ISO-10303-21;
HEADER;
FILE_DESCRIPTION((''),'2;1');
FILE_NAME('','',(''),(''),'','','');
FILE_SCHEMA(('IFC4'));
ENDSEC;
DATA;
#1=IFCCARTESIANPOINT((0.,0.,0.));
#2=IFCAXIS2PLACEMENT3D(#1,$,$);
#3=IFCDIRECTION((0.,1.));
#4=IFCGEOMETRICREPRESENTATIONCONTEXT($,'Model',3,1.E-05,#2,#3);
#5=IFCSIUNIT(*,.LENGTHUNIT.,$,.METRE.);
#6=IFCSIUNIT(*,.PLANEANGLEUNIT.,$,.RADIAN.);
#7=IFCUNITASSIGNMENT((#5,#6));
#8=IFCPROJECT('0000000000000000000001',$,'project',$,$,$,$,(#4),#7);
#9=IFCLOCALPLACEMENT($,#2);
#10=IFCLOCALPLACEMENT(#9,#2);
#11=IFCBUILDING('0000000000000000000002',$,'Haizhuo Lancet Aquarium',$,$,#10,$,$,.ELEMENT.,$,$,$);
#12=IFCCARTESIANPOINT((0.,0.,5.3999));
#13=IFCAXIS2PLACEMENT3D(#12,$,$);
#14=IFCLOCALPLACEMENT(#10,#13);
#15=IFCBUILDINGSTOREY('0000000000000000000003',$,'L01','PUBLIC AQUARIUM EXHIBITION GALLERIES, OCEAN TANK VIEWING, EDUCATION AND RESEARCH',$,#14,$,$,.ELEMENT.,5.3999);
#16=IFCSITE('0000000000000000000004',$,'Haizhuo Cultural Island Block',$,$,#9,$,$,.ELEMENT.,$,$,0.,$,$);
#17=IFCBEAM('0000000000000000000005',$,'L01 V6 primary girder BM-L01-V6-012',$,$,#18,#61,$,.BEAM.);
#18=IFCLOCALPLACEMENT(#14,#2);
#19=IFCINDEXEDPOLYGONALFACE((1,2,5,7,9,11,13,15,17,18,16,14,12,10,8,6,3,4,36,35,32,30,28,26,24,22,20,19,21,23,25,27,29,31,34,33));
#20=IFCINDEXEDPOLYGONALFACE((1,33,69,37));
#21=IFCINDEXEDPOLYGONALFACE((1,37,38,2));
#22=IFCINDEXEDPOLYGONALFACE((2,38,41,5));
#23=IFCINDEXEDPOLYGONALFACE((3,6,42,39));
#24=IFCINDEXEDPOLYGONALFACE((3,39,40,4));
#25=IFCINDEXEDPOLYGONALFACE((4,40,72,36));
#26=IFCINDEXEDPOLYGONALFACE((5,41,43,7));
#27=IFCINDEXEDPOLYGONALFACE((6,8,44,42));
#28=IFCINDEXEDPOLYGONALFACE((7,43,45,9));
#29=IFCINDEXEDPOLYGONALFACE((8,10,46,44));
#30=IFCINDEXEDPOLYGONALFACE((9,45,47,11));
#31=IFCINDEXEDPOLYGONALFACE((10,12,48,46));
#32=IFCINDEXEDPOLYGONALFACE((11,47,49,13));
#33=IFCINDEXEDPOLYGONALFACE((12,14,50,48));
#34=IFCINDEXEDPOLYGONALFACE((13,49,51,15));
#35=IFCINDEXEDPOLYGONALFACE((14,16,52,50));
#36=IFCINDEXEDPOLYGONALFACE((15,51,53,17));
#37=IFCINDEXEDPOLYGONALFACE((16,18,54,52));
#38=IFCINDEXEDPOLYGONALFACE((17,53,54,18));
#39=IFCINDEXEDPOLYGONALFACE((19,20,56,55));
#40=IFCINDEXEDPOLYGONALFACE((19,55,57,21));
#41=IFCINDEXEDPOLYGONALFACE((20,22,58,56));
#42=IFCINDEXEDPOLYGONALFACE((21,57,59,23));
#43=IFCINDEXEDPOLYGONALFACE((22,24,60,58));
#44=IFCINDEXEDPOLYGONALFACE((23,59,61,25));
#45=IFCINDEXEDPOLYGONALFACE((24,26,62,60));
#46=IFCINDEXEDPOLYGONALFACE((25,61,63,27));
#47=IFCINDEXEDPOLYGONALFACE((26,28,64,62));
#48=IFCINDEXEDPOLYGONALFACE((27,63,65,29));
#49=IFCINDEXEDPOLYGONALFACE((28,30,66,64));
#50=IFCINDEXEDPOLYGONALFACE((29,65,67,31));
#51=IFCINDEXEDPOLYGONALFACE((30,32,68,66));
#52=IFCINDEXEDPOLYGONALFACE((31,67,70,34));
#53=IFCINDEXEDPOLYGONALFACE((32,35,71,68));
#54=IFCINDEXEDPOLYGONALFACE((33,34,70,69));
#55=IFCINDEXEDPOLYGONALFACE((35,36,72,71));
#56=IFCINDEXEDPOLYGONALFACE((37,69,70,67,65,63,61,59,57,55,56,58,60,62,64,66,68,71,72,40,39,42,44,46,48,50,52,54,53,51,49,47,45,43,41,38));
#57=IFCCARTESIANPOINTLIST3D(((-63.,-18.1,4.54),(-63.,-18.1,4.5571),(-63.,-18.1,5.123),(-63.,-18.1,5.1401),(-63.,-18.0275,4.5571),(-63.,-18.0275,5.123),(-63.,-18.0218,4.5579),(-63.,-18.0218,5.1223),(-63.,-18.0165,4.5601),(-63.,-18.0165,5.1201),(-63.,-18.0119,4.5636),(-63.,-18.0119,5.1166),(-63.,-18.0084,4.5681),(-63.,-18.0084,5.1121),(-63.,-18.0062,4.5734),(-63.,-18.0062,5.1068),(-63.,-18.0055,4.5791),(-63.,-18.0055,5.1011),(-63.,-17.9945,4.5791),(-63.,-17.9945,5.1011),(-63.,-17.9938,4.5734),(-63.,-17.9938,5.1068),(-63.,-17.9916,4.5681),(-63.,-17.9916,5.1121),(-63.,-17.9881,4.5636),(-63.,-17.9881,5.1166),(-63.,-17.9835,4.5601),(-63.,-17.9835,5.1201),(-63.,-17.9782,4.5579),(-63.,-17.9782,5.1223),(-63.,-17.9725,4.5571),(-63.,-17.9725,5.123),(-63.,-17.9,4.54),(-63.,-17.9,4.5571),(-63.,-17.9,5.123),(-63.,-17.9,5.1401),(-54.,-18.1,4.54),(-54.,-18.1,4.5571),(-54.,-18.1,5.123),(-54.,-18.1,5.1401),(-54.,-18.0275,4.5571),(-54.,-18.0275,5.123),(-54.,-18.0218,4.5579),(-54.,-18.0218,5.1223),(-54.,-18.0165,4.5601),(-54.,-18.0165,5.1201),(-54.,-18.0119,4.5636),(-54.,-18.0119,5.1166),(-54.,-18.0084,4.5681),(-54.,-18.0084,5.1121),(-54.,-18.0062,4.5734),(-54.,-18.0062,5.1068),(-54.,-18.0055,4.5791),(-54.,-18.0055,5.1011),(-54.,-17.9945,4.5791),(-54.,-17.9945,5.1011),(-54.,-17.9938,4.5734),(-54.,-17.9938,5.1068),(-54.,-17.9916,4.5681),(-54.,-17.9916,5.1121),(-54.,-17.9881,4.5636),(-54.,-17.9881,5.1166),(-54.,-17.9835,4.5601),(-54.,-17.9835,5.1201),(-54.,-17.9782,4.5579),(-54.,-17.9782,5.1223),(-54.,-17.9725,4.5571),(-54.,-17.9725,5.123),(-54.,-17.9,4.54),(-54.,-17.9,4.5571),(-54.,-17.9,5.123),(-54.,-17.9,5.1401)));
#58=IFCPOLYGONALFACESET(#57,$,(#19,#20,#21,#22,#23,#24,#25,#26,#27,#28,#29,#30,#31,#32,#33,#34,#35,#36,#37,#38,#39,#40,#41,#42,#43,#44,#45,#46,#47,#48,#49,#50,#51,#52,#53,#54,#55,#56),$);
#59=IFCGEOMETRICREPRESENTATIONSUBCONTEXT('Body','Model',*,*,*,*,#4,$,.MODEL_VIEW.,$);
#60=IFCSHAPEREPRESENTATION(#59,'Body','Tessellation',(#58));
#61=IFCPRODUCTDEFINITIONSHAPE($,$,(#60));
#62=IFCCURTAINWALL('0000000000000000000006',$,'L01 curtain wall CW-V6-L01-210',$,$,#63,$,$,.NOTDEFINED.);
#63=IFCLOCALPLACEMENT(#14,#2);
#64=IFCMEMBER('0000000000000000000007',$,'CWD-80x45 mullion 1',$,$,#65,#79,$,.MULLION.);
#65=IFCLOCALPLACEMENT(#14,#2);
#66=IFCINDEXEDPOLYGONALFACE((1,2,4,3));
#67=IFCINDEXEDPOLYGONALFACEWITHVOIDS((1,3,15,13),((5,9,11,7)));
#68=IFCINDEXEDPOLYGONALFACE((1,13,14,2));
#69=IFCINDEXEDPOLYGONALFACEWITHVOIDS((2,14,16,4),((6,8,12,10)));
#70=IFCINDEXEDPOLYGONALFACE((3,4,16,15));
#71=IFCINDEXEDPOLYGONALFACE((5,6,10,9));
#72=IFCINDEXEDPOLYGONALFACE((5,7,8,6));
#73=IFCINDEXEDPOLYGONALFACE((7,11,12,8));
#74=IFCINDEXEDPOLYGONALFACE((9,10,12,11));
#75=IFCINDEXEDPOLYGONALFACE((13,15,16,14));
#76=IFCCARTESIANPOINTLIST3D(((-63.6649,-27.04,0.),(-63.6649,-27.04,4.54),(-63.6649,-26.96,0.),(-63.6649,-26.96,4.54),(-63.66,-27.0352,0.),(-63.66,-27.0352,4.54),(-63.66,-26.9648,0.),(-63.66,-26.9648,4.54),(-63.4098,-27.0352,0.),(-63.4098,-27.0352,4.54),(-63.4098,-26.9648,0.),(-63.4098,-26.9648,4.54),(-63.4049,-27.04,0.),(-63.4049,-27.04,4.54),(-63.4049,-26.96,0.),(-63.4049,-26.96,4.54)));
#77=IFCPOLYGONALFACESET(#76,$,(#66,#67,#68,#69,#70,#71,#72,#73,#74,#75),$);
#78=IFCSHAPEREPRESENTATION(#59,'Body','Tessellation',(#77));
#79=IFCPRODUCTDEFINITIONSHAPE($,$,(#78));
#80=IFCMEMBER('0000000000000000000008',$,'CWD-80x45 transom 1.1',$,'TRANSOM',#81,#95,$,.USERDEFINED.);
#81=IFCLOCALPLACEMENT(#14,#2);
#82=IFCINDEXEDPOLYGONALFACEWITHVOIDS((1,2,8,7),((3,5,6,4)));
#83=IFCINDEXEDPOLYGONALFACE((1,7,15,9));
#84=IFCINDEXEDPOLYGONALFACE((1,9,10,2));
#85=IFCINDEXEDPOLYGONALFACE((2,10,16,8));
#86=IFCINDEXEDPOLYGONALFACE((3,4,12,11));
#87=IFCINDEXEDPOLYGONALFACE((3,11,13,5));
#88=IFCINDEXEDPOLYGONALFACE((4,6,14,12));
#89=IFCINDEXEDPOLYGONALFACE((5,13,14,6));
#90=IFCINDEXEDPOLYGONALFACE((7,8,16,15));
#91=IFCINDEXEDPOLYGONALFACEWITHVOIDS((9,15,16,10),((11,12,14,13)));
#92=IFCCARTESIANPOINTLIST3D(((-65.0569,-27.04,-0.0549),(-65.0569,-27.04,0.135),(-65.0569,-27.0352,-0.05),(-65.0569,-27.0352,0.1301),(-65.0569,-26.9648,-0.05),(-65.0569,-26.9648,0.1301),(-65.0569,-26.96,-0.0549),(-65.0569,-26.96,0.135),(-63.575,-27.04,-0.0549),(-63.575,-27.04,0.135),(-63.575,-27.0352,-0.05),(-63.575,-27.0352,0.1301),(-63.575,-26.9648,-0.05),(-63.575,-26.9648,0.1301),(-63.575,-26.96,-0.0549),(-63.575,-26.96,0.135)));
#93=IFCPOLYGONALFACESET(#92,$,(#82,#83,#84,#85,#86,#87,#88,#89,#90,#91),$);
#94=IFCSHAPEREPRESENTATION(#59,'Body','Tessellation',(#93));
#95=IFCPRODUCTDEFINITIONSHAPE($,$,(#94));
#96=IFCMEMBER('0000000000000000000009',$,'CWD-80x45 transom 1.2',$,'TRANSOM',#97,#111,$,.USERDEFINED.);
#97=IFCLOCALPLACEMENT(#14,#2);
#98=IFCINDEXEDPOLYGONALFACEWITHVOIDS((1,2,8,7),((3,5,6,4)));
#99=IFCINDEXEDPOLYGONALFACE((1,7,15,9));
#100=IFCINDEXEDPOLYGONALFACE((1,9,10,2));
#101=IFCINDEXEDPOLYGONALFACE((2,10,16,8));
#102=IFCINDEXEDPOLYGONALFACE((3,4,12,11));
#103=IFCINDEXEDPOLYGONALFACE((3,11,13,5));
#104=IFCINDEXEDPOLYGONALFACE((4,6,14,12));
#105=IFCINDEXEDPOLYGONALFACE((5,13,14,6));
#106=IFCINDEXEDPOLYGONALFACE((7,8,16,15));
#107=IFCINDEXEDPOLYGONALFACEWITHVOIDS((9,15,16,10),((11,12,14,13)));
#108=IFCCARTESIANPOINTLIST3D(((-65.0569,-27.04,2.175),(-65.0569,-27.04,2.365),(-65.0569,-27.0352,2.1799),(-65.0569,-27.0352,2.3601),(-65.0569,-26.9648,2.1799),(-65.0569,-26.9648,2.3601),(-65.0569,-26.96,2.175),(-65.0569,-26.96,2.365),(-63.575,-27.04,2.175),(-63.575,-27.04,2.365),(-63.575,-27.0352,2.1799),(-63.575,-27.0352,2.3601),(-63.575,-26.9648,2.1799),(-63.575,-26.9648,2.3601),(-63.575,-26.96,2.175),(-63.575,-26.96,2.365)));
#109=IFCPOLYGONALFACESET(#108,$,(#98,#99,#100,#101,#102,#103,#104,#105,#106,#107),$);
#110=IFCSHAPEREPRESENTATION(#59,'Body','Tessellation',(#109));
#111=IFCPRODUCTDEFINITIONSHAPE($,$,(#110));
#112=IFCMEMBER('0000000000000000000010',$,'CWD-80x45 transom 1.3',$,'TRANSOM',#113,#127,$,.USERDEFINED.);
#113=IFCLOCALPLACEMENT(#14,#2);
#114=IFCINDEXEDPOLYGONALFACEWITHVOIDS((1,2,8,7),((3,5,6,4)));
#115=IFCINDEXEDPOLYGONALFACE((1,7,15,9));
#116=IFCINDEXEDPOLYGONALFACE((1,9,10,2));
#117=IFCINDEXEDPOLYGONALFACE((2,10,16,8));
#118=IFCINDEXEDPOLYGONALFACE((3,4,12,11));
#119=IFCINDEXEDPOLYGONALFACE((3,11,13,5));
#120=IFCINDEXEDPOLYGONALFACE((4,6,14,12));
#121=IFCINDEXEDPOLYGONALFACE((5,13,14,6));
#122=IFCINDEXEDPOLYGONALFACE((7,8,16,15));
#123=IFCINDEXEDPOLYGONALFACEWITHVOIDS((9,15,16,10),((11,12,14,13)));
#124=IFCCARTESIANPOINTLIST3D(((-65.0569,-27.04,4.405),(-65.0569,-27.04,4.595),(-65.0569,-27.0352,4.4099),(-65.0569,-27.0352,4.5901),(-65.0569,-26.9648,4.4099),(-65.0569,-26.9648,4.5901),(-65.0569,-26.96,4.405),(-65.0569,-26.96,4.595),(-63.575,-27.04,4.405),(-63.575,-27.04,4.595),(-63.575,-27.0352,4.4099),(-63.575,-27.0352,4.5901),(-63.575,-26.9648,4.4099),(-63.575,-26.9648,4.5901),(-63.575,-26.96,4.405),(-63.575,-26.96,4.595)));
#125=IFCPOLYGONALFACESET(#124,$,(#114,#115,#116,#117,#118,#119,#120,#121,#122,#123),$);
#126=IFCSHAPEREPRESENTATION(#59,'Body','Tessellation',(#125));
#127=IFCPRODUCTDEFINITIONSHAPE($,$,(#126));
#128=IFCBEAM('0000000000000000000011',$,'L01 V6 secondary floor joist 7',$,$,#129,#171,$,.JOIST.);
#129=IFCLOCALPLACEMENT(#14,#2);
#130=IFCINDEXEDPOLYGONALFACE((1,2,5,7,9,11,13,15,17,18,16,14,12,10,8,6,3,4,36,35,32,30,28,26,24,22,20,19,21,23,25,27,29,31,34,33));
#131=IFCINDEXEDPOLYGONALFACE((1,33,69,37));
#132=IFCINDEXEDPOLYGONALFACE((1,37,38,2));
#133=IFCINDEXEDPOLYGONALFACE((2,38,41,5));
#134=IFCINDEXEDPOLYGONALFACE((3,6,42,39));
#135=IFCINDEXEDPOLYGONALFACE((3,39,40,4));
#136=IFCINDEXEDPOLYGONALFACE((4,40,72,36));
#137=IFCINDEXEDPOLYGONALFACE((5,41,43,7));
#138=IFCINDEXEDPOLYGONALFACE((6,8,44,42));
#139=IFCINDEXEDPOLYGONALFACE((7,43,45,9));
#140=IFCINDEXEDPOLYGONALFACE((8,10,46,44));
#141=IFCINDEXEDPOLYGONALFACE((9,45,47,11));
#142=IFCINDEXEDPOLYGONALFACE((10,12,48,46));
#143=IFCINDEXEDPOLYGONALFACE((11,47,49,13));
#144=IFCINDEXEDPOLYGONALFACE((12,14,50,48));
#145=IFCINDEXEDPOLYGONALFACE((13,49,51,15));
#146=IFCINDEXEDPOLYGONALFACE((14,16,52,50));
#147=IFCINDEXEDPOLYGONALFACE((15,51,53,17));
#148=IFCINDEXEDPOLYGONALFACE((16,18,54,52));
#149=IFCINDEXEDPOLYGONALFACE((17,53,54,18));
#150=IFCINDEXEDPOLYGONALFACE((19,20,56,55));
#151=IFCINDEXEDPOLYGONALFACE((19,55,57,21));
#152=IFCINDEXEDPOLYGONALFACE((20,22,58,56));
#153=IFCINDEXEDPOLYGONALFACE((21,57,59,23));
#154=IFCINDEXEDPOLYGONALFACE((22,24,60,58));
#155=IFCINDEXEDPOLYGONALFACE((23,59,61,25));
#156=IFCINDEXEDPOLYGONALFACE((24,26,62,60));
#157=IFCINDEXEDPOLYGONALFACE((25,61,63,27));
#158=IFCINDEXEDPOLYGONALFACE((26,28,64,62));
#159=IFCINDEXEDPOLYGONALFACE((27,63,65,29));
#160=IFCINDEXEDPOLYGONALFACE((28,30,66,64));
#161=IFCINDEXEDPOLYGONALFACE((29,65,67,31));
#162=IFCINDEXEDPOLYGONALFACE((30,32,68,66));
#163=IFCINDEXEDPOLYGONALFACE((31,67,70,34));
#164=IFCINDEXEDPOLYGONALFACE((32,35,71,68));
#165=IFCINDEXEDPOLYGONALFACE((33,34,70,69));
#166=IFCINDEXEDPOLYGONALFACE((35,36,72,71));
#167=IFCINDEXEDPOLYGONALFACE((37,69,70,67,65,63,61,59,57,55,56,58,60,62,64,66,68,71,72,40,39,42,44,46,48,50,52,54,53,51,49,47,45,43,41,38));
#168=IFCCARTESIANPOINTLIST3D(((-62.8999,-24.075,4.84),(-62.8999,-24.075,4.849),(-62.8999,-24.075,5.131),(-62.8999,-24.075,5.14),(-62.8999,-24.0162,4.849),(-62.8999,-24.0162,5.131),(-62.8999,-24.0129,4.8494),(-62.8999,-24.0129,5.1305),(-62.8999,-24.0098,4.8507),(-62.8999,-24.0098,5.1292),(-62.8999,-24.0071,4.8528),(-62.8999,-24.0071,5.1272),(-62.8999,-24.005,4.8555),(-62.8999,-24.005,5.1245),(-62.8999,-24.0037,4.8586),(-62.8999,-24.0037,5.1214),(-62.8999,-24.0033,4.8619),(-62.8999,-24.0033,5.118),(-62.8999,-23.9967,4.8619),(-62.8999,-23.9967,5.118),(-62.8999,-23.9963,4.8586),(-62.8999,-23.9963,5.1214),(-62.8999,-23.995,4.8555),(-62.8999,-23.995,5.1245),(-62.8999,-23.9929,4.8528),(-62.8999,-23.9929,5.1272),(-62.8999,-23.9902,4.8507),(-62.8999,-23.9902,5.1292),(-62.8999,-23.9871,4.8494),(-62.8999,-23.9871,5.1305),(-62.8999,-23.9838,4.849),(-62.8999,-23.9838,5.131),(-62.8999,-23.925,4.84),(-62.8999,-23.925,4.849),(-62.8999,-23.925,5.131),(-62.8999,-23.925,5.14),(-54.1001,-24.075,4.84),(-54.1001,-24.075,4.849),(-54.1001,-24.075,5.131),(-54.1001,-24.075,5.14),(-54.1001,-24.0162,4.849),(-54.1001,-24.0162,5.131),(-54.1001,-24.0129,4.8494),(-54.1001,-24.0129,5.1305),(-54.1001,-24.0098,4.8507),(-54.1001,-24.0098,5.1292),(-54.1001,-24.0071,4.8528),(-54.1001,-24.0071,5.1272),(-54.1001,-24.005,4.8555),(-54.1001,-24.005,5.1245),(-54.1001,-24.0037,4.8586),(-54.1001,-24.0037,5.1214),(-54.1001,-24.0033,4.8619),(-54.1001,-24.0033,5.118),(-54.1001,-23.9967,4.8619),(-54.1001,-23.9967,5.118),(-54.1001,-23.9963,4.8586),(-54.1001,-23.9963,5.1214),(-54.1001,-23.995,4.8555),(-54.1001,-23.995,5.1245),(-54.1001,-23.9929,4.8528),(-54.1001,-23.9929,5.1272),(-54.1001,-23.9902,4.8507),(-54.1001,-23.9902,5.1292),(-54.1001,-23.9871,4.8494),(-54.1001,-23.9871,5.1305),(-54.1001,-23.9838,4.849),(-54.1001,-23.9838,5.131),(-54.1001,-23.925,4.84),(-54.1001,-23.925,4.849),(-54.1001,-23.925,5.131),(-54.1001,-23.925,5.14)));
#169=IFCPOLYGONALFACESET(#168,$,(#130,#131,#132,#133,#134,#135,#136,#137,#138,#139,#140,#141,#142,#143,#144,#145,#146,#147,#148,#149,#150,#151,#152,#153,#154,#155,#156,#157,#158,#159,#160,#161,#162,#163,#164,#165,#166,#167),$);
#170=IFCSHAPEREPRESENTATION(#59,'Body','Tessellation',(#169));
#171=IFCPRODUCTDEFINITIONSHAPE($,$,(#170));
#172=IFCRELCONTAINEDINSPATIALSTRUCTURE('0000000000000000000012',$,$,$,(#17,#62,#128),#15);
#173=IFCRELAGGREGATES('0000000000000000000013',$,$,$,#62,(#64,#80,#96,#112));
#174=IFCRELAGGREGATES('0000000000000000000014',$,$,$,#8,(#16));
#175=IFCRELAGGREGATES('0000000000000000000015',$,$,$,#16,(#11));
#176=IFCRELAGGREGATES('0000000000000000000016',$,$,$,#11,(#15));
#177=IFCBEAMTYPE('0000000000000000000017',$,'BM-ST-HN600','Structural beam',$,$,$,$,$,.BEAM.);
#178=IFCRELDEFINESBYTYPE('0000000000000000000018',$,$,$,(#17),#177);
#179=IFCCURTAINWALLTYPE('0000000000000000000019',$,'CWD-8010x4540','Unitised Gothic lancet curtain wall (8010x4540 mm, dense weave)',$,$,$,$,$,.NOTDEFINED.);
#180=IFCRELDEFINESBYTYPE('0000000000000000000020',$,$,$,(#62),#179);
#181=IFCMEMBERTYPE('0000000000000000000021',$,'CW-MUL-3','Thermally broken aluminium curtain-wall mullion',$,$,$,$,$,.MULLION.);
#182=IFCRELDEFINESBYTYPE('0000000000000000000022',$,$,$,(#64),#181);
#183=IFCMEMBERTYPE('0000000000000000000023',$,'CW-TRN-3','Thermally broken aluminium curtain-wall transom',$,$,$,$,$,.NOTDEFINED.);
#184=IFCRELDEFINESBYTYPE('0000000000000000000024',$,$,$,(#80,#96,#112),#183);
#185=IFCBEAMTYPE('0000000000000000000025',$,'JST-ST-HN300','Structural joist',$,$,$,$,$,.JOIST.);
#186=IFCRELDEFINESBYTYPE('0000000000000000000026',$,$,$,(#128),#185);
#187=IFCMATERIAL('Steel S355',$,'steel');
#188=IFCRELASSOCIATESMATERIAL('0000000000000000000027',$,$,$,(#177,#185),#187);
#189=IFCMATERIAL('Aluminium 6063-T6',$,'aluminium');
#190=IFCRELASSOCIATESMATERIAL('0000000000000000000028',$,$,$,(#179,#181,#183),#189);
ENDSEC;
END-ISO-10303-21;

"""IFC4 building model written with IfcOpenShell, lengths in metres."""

from ifc_helpers import new_model, si_unit, direction, frame, origin, origin_2d, place, context, subcontext, project, spatial, hollow_rectangle, i_section, extrude, material, material_profile, profile_set, type_object, element, aggregate, save


model = new_model("IFC4")

# Units and contexts
model_context = context("Model", 3, precision=1e-05, world=origin(), true_north=direction((0.0, 1.0)))
body_context = subcontext(model_context, "Body", "Model", "MODEL_VIEW")
ifc_project = project(units=[si_unit("LENGTHUNIT", "METRE"), si_unit("PLANEANGLEUNIT", "RADIAN")], contexts=[model_context])

# Site, building, storey
site_placement = place(None, origin())
site = spatial("IfcSite", under=ifc_project, at=site_placement, Name="Haizhuo Cultural Island Block", CompositionType="ELEMENT", RefElevation=0.0)
building_placement = place(site_placement, origin())
building = spatial("IfcBuilding", under=site, at=building_placement, Name="Haizhuo Lancet Aquarium", CompositionType="ELEMENT")
storey_placement = place(building_placement, frame((0.0, 0.0, 5.3999)))
storey = spatial("IfcBuildingStorey", under=building, at=storey_placement, Name="L01", Description="PUBLIC AQUARIUM EXHIBITION GALLERIES, OCEAN TANK VIEWING, EDUCATION AND RESEARCH", CompositionType="ELEMENT", Elevation=5.3999)

# Beam
ifc_material_1 = material(Name="Steel S355", Category="steel")
ifc_material_profile_1 = material_profile(ifc_material_1, i_section(OverallWidth=0.2, OverallDepth=0.6001, WebThickness=0.011, FlangeThickness=0.0171, FilletRadius=0.022, at=origin_2d()), Name="HN 600x200x11x17")
ifc_profile_set_1 = profile_set([ifc_material_profile_1], Name="Steel S355")
beam_type_1 = type_object("IfcBeamType", Name="BM-ST-HN600", Description="Structural beam", PredefinedType="BEAM", material=ifc_profile_set_1)
for number, where, z_axis, x_axis, name in (
    (1, (-63.0, -18.0, 4.8401), (1.0, 0.0, 0.0), (0.0, 1.0, 0.0), "L01 V6 primary girder BM-L01-V6-012"),
):
    element("IfcBeam", number, at=place(storey_placement, frame(where, z_axis=z_axis, x_axis=x_axis)), inside=storey, type_object=beam_type_1, Name=name, PredefinedType="BEAM", context=body_context, shape_type="SweptSolid", body=[
        extrude(i_section(OverallWidth=0.2, OverallDepth=0.6001, WebThickness=0.011, FlangeThickness=0.0171, FilletRadius=0.022, at=origin_2d()), origin(), (0.0, 0.0, 1.0), 9.0),
    ])

# Curtain wall, members
ifc_material_2 = material(Name="Aluminium 6063-T6", Category="aluminium")
curtain_wall_type = type_object("IfcCurtainWallType", Name="CWD-8010x4540", Description="Unitised Gothic lancet curtain wall (8010x4540 mm, dense weave)", PredefinedType="NOTDEFINED", material=ifc_material_2)
curtain_wall_placement = place(storey_placement, origin())
curtain_wall = element("IfcCurtainWall", 2, at=curtain_wall_placement, inside=storey, type_object=curtain_wall_type, Name="L01 curtain wall CW-V6-L01-210", PredefinedType="NOTDEFINED")
ifc_material_profile_2 = material_profile(ifc_material_2, hollow_rectangle(XDim=0.0801, YDim=0.26, WallThickness=0.0049, at=origin_2d()), Name="ALU-M 80x260x5")
ifc_profile_set_2 = profile_set([ifc_material_profile_2], Name="Aluminium 6063-T6")
member_type_1 = type_object("IfcMemberType", Name="CW-MUL-3", Description="Thermally broken aluminium curtain-wall mullion", PredefinedType="MULLION", material=ifc_profile_set_2)
member_1_placement = place(storey_placement, frame((-63.5349, -27.0, 0.0), z_axis=(0.0, 0.0, 1.0), x_axis=(0.0, -1.0, 0.0)))
member_1 = element("IfcMember", 3, at=member_1_placement, type_object=member_type_1, Name="CWD-80x45 mullion 1", PredefinedType="MULLION", context=body_context, shape_type="SweptSolid", body=[
    extrude(hollow_rectangle(XDim=0.0801, YDim=0.26, WallThickness=0.0049, at=origin_2d()), origin(), (0.0, 0.0, 1.0), 4.54),
])
ifc_material_profile_3 = material_profile(ifc_material_2, hollow_rectangle(XDim=0.0801, YDim=0.1899, WallThickness=0.0049, at=origin_2d()), Name="ALU-T 80x190x5")
ifc_profile_set_3 = profile_set([ifc_material_profile_3], Name="Aluminium 6063-T6")
member_type_2 = type_object("IfcMemberType", Name="CW-TRN-3", Description="Thermally broken aluminium curtain-wall transom", PredefinedType="NOTDEFINED", material=ifc_profile_set_3)
member_2_placement = place(storey_placement, frame((-63.575, -27.0, 0.04), z_axis=(-1.0, 0.0, 0.0), x_axis=(0.0, -1.0, 0.0)))
member_2 = element("IfcMember", 4, at=member_2_placement, type_object=member_type_2, Name="CWD-80x45 transom 1.1", ObjectType="TRANSOM", PredefinedType="USERDEFINED", context=body_context, shape_type="SweptSolid", body=[
    extrude(hollow_rectangle(XDim=0.0801, YDim=0.1899, WallThickness=0.0049, at=origin_2d()), origin(), (0.0, 0.0, 1.0), 1.4819),
])
member_3_placement = place(storey_placement, frame((-63.575, -27.0, 2.27), z_axis=(-1.0, 0.0, 0.0), x_axis=(0.0, -1.0, 0.0)))
member_3 = element("IfcMember", 5, at=member_3_placement, type_object=member_type_2, Name="CWD-80x45 transom 1.2", ObjectType="TRANSOM", PredefinedType="USERDEFINED", context=body_context, shape_type="SweptSolid", body=[
    extrude(hollow_rectangle(XDim=0.0801, YDim=0.1899, WallThickness=0.0049, at=origin_2d()), origin(), (0.0, 0.0, 1.0), 1.4819),
])
member_4_placement = place(storey_placement, frame((-63.575, -27.0, 4.5), z_axis=(-1.0, 0.0, 0.0), x_axis=(0.0, -1.0, 0.0)))
member_4 = element("IfcMember", 6, at=member_4_placement, type_object=member_type_2, Name="CWD-80x45 transom 1.3", ObjectType="TRANSOM", PredefinedType="USERDEFINED", context=body_context, shape_type="SweptSolid", body=[
    extrude(hollow_rectangle(XDim=0.0801, YDim=0.1899, WallThickness=0.0049, at=origin_2d()), origin(), (0.0, 0.0, 1.0), 1.4819),
])

# Beam
ifc_material_profile_4 = material_profile(ifc_material_1, i_section(OverallWidth=0.1499, OverallDepth=0.3, WebThickness=0.0066, FlangeThickness=0.009, FilletRadius=0.0129, at=origin_2d()), Name="HN 300x150x6.5x9")
ifc_profile_set_4 = profile_set([ifc_material_profile_4], Name="Steel S355")
beam_type_2 = type_object("IfcBeamType", Name="JST-ST-HN300", Description="Structural joist", PredefinedType="JOIST", material=ifc_profile_set_4)
beam_1_placement = place(storey_placement, frame((-62.8999, -24.0, 4.99), z_axis=(1.0, 0.0, 0.0), x_axis=(0.0, 1.0, 0.0)))
element("IfcBeam", 7, at=beam_1_placement, inside=storey, type_object=beam_type_2, Name="L01 V6 secondary floor joist 7", PredefinedType="JOIST", context=body_context, shape_type="SweptSolid", body=[
    extrude(i_section(OverallWidth=0.1499, OverallDepth=0.3, WebThickness=0.0066, FlangeThickness=0.009, FilletRadius=0.0129, at=origin_2d()), origin(), (0.0, 0.0, 1.0), 8.7998),
])

aggregate(curtain_wall, [member_1, member_2, member_3, member_4])

save(model, "model.ifc")
